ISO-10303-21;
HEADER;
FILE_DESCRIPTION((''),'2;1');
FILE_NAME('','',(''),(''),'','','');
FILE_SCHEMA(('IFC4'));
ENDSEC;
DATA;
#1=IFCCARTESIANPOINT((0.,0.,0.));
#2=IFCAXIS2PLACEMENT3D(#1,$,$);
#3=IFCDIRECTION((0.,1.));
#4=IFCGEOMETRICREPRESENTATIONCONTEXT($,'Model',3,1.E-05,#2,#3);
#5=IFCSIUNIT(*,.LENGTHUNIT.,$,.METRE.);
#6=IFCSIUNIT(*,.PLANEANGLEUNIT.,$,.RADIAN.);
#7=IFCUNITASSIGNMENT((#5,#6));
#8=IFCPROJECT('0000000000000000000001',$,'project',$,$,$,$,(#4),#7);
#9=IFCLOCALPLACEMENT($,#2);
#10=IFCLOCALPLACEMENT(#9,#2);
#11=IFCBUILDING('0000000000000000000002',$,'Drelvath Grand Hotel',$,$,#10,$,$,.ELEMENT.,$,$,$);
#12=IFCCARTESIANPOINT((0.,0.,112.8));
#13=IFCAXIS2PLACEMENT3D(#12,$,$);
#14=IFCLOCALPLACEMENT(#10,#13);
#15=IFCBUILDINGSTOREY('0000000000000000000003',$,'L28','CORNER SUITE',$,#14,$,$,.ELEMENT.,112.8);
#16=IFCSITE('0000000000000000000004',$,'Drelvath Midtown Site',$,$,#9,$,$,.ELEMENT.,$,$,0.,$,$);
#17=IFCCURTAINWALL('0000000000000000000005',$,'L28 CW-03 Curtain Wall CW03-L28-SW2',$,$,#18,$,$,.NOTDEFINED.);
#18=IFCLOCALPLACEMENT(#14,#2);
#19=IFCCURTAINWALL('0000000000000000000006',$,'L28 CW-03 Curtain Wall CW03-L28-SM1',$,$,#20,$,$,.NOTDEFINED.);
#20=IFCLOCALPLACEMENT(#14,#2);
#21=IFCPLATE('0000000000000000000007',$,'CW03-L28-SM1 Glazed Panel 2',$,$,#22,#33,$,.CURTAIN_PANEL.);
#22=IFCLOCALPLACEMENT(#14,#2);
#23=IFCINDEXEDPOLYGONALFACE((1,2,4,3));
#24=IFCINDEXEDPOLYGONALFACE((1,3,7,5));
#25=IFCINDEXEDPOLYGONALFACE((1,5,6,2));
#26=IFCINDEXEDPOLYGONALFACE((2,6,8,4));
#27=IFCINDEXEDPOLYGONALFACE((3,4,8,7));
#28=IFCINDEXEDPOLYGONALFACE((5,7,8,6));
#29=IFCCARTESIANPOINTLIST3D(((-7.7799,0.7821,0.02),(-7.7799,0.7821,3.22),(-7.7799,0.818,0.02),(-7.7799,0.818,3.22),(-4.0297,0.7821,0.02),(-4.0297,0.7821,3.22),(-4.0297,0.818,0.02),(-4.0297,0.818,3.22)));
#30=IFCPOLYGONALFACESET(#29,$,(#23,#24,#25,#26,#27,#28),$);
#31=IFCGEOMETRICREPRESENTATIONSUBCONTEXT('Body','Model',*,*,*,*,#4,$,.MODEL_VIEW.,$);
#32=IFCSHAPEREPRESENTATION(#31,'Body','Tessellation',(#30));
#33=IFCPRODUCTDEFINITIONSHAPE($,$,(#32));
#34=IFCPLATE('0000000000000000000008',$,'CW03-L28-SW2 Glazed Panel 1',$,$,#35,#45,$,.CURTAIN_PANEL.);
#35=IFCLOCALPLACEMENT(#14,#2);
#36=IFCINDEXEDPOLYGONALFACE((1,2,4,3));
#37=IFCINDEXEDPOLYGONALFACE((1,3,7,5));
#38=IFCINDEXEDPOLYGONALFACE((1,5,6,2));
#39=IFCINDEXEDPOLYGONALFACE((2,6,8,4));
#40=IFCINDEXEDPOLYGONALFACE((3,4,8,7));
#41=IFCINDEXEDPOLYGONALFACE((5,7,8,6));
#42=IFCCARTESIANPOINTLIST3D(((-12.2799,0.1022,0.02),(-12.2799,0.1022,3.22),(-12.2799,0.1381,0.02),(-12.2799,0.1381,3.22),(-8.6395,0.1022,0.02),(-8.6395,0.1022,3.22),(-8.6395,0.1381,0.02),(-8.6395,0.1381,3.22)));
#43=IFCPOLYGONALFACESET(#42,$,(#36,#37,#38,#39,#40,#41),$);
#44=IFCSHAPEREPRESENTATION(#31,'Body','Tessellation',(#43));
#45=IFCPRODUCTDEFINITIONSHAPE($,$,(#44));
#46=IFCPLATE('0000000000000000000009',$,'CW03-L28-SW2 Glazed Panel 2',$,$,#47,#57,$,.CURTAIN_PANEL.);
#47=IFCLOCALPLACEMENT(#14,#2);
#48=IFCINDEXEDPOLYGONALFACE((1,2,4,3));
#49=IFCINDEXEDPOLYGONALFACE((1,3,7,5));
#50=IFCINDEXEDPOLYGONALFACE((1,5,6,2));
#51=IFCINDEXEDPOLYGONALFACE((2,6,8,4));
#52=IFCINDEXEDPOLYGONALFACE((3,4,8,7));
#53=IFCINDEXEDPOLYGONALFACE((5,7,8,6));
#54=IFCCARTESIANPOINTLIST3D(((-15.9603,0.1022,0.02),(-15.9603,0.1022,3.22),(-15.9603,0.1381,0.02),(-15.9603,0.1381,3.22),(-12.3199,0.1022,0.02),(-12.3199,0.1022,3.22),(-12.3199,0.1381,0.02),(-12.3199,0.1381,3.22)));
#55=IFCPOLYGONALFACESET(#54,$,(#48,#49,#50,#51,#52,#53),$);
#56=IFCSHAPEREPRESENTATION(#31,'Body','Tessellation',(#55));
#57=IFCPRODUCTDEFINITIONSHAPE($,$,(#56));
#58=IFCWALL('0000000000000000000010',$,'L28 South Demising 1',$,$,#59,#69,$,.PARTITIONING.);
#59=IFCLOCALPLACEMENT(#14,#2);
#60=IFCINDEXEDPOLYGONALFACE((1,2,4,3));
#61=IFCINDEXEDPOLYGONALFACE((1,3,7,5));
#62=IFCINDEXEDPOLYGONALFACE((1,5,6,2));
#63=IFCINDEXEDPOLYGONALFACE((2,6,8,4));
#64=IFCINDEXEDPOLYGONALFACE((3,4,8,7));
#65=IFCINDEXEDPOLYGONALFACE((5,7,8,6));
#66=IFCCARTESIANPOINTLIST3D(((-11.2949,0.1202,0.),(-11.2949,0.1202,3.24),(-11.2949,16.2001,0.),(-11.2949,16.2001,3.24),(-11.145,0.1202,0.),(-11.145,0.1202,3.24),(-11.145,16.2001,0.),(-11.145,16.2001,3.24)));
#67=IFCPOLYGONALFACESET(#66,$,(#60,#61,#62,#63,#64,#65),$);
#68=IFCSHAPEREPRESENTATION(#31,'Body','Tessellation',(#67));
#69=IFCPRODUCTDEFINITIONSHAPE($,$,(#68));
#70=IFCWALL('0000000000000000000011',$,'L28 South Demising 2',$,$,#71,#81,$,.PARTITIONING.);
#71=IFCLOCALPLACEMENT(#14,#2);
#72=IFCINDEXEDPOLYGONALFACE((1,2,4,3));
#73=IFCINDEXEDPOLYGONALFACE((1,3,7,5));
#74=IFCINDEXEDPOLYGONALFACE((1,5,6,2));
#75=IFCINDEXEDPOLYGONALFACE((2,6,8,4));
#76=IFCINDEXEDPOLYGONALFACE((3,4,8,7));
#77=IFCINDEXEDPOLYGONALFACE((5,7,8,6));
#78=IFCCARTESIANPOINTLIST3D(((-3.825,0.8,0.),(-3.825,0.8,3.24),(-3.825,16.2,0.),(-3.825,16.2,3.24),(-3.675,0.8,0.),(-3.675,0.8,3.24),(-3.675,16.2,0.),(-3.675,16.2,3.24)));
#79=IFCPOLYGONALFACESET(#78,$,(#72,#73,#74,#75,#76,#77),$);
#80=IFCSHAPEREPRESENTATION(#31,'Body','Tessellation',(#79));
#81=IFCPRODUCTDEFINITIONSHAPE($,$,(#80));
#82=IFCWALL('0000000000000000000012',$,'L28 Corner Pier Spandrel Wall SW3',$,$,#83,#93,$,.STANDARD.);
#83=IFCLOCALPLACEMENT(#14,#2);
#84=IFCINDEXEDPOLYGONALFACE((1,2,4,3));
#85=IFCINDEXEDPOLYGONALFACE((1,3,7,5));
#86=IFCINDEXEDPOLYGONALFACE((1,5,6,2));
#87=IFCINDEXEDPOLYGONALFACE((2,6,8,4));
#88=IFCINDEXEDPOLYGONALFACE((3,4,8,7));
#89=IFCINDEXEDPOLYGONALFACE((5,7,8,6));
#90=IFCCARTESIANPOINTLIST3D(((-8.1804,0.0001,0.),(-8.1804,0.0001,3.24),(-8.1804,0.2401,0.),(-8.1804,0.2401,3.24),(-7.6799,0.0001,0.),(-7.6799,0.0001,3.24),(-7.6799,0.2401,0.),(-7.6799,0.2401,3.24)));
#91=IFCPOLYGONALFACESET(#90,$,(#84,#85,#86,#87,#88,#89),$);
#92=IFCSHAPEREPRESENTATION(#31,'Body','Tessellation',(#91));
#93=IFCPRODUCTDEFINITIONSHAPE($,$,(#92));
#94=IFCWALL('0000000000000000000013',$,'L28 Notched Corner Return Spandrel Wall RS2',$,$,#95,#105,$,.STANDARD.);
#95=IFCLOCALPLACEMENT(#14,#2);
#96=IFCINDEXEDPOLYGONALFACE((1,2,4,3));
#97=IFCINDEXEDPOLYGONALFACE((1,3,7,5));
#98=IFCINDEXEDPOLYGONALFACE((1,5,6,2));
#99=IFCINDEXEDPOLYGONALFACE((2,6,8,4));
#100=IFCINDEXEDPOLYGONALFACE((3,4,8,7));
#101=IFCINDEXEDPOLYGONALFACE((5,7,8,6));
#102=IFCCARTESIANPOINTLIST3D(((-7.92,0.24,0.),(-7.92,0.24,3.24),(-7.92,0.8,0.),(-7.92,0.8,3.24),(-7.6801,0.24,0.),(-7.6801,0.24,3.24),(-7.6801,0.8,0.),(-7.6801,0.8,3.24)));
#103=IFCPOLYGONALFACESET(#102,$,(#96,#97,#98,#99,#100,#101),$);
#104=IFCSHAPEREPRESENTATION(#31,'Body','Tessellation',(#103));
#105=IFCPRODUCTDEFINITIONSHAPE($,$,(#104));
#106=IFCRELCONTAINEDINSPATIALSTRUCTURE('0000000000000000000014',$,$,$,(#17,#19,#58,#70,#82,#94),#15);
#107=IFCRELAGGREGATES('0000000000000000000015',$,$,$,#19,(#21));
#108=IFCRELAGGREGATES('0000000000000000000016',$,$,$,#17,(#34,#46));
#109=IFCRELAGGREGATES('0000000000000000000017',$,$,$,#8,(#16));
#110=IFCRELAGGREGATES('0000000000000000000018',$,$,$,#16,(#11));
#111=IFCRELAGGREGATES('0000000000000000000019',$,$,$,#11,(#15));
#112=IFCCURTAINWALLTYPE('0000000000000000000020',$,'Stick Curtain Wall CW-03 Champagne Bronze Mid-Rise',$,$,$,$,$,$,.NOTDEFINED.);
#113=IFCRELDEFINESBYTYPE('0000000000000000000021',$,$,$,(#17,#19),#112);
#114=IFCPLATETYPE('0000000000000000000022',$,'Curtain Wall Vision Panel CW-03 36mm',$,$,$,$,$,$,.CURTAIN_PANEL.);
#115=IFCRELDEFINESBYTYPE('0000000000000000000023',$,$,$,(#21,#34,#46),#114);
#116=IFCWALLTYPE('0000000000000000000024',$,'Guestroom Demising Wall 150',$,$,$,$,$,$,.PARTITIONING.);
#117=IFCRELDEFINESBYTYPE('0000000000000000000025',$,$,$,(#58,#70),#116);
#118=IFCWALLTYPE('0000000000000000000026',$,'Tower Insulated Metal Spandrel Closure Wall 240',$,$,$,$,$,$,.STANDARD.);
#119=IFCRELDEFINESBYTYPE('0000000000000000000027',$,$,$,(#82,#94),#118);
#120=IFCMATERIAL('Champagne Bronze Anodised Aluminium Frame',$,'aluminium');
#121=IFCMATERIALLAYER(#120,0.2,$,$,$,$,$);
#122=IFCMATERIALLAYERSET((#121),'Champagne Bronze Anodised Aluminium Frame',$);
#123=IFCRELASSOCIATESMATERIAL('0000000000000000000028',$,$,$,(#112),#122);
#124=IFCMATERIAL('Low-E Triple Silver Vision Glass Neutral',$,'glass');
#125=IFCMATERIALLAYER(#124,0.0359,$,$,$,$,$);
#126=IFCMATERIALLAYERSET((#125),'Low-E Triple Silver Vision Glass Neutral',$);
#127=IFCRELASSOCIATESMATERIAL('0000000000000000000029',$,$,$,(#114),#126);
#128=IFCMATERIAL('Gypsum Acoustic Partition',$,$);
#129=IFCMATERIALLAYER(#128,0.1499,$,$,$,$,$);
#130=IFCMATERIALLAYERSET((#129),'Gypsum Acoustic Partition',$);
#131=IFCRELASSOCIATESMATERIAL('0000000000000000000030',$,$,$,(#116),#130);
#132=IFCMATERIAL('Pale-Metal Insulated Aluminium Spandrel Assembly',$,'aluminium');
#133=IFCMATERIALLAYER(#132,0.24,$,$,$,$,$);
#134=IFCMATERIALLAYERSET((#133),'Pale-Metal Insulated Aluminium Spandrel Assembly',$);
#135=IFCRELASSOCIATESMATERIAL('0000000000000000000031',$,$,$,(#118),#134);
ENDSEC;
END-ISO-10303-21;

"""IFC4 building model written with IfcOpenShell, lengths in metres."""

from ifc_helpers import new_model, si_unit, direction, frame, frame_2d, origin, origin_2d, place, context, subcontext, project, spatial, rectangle, extrude, material, layer, layer_set, type_object, element, aggregate, save


model = new_model("IFC4")

# Units and contexts
model_context = context("Model", 3, precision=1e-05, world=origin(), true_north=direction((0.0, 1.0)))
body_context = subcontext(model_context, "Body", "Model", "MODEL_VIEW")
ifc_project = project(units=[si_unit("LENGTHUNIT", "METRE"), si_unit("PLANEANGLEUNIT", "RADIAN")], contexts=[model_context])

# Site, building, storey
site_placement = place(None, origin())
site = spatial("IfcSite", under=ifc_project, at=site_placement, Name="Drelvath Midtown Site", CompositionType="ELEMENT", RefElevation=0.0)
building_placement = place(site_placement, origin())
building = spatial("IfcBuilding", under=site, at=building_placement, Name="Drelvath Grand Hotel", CompositionType="ELEMENT")
storey_placement = place(building_placement, frame((0.0, 0.0, 112.8)))
storey = spatial("IfcBuildingStorey", under=building, at=storey_placement, Name="L28", Description="CORNER SUITE", CompositionType="ELEMENT", Elevation=112.8)

# Curtain wall
ifc_material_1 = material(Name="Champagne Bronze Anodised Aluminium Frame", Category="aluminium")
ifc_layer_1 = layer(ifc_material_1, 0.2)
ifc_layer_set_1 = layer_set([ifc_layer_1], Name="Champagne Bronze Anodised Aluminium Frame")
curtain_wall_type = type_object("IfcCurtainWallType", Name="Stick Curtain Wall CW-03 Champagne Bronze Mid-Rise", PredefinedType="NOTDEFINED", material=ifc_layer_set_1)
curtain_wall_1_placement = place(storey_placement, origin())
curtain_wall_1 = element("IfcCurtainWall", 1, at=curtain_wall_1_placement, inside=storey, type_object=curtain_wall_type, Name="L28 CW-03 Curtain Wall CW03-L28-SW2", PredefinedType="NOTDEFINED")

# Curtain wall
curtain_wall_2_placement = place(storey_placement, origin())
curtain_wall_2 = element("IfcCurtainWall", 2, at=curtain_wall_2_placement, inside=storey, type_object=curtain_wall_type, Name="L28 CW-03 Curtain Wall CW03-L28-SM1", PredefinedType="NOTDEFINED")

# Plates
ifc_material_2 = material(Name="Low-E Triple Silver Vision Glass Neutral", Category="glass")
ifc_layer_2 = layer(ifc_material_2, 0.0359)
ifc_layer_set_2 = layer_set([ifc_layer_2], Name="Low-E Triple Silver Vision Glass Neutral")
plate_type = type_object("IfcPlateType", Name="Curtain Wall Vision Panel CW-03 36mm", PredefinedType="CURTAIN_PANEL", material=ifc_layer_set_2)
plate_1_placement = place(storey_placement, frame((-5.9048, 0.8, 0.02), z_axis=(0.0, 0.0, 1.0), x_axis=(-1.0, 0.0, 0.0)))
plate_1 = element("IfcPlate", 3, at=plate_1_placement, type_object=plate_type, Name="CW03-L28-SM1 Glazed Panel 2", PredefinedType="CURTAIN_PANEL", context=body_context, shape_type="SweptSolid", body=[
    extrude(rectangle(XDim=3.7502, YDim=0.0359, at=origin_2d()), origin(), (0.0, 0.0, 1.0), 3.2),
])
aggregate(curtain_wall_2, [plate_1])
plate_2_placement = place(storey_placement, frame((-10.4597, 0.1201, 0.02), z_axis=(0.0, 0.0, 1.0), x_axis=(-1.0, 0.0, 0.0)))
plate_2 = element("IfcPlate", 4, at=plate_2_placement, type_object=plate_type, Name="CW03-L28-SW2 Glazed Panel 1", PredefinedType="CURTAIN_PANEL", context=body_context, shape_type="SweptSolid", body=[
    extrude(rectangle(XDim=3.6404, YDim=0.0359, at=origin_2d()), origin(), (0.0, 0.0, 1.0), 3.2),
])
plate_3_placement = place(storey_placement, frame((-14.1401, 0.1201, 0.02), z_axis=(0.0, 0.0, 1.0), x_axis=(-1.0, 0.0, 0.0)))
plate_3 = element("IfcPlate", 5, at=plate_3_placement, type_object=plate_type, Name="CW03-L28-SW2 Glazed Panel 2", PredefinedType="CURTAIN_PANEL", context=body_context, shape_type="SweptSolid", body=[
    extrude(rectangle(XDim=3.6404, YDim=0.0359, at=origin_2d()), origin(), (0.0, 0.0, 1.0), 3.2),
])
aggregate(curtain_wall_1, [plate_2, plate_3])

# Walls
ifc_material_3 = material(Name="Gypsum Acoustic Partition")
ifc_layer_3 = layer(ifc_material_3, 0.1499)
ifc_layer_set_3 = layer_set([ifc_layer_3], Name="Gypsum Acoustic Partition")
wall_type_1 = type_object("IfcWallType", Name="Guestroom Demising Wall 150", PredefinedType="PARTITIONING", material=ifc_layer_set_3)
wall_1_placement = place(storey_placement, frame((-11.22, 0.1201, 0.0), z_axis=(0.0, 0.0, 1.0), x_axis=(0.0, 1.0, 0.0)))
element("IfcWall", 6, at=wall_1_placement, inside=storey, type_object=wall_type_1, Name="L28 South Demising 1", PredefinedType="PARTITIONING", context=body_context, shape_type="SweptSolid", body=[
    extrude(rectangle(XDim=16.0798, YDim=0.1499, at=frame_2d((8.04, 0.0))), origin(), (0.0, 0.0, 1.0), 3.24),
])
wall_2_placement = place(storey_placement, frame((-3.75, 0.8, 0.0), z_axis=(0.0, 0.0, 1.0), x_axis=(0.0, 1.0, 0.0)))
element("IfcWall", 7, at=wall_2_placement, inside=storey, type_object=wall_type_1, Name="L28 South Demising 2", PredefinedType="PARTITIONING", context=body_context, shape_type="SweptSolid", body=[
    extrude(rectangle(XDim=15.3999, YDim=0.1499, at=frame_2d((7.7, 0.0))), origin(), (0.0, 0.0, 1.0), 3.24),
])
ifc_material_4 = material(Name="Pale-Metal Insulated Aluminium Spandrel Assembly", Category="aluminium")
ifc_layer_4 = layer(ifc_material_4, 0.24)
ifc_layer_set_4 = layer_set([ifc_layer_4], Name="Pale-Metal Insulated Aluminium Spandrel Assembly")
wall_type_2 = type_object("IfcWallType", Name="Tower Insulated Metal Spandrel Closure Wall 240", PredefinedType="STANDARD", material=ifc_layer_set_4)
wall_3_placement = place(storey_placement, frame((-7.6799, 0.1201, 0.0), z_axis=(0.0, 0.0, 1.0), x_axis=(-1.0, 0.0, 0.0)))
element("IfcWall", 8, at=wall_3_placement, inside=storey, type_object=wall_type_2, Name="L28 Corner Pier Spandrel Wall SW3", PredefinedType="STANDARD", context=body_context, shape_type="SweptSolid", body=[
    extrude(rectangle(XDim=0.5005, YDim=0.24, at=frame_2d((0.2502, 0.0))), origin(), (0.0, 0.0, 1.0), 3.24),
])
wall_4_placement = place(storey_placement, frame((-7.8, 0.8, 0.0), z_axis=(0.0, 0.0, 1.0), x_axis=(0.0, -1.0, 0.0)))
element("IfcWall", 9, at=wall_4_placement, inside=storey, type_object=wall_type_2, Name="L28 Notched Corner Return Spandrel Wall RS2", PredefinedType="STANDARD", context=body_context, shape_type="SweptSolid", body=[
    extrude(rectangle(XDim=0.5601, YDim=0.24, at=frame_2d((0.28, 0.0))), origin(), (0.0, 0.0, 1.0), 3.24),
])

save(model, "model.ifc")
